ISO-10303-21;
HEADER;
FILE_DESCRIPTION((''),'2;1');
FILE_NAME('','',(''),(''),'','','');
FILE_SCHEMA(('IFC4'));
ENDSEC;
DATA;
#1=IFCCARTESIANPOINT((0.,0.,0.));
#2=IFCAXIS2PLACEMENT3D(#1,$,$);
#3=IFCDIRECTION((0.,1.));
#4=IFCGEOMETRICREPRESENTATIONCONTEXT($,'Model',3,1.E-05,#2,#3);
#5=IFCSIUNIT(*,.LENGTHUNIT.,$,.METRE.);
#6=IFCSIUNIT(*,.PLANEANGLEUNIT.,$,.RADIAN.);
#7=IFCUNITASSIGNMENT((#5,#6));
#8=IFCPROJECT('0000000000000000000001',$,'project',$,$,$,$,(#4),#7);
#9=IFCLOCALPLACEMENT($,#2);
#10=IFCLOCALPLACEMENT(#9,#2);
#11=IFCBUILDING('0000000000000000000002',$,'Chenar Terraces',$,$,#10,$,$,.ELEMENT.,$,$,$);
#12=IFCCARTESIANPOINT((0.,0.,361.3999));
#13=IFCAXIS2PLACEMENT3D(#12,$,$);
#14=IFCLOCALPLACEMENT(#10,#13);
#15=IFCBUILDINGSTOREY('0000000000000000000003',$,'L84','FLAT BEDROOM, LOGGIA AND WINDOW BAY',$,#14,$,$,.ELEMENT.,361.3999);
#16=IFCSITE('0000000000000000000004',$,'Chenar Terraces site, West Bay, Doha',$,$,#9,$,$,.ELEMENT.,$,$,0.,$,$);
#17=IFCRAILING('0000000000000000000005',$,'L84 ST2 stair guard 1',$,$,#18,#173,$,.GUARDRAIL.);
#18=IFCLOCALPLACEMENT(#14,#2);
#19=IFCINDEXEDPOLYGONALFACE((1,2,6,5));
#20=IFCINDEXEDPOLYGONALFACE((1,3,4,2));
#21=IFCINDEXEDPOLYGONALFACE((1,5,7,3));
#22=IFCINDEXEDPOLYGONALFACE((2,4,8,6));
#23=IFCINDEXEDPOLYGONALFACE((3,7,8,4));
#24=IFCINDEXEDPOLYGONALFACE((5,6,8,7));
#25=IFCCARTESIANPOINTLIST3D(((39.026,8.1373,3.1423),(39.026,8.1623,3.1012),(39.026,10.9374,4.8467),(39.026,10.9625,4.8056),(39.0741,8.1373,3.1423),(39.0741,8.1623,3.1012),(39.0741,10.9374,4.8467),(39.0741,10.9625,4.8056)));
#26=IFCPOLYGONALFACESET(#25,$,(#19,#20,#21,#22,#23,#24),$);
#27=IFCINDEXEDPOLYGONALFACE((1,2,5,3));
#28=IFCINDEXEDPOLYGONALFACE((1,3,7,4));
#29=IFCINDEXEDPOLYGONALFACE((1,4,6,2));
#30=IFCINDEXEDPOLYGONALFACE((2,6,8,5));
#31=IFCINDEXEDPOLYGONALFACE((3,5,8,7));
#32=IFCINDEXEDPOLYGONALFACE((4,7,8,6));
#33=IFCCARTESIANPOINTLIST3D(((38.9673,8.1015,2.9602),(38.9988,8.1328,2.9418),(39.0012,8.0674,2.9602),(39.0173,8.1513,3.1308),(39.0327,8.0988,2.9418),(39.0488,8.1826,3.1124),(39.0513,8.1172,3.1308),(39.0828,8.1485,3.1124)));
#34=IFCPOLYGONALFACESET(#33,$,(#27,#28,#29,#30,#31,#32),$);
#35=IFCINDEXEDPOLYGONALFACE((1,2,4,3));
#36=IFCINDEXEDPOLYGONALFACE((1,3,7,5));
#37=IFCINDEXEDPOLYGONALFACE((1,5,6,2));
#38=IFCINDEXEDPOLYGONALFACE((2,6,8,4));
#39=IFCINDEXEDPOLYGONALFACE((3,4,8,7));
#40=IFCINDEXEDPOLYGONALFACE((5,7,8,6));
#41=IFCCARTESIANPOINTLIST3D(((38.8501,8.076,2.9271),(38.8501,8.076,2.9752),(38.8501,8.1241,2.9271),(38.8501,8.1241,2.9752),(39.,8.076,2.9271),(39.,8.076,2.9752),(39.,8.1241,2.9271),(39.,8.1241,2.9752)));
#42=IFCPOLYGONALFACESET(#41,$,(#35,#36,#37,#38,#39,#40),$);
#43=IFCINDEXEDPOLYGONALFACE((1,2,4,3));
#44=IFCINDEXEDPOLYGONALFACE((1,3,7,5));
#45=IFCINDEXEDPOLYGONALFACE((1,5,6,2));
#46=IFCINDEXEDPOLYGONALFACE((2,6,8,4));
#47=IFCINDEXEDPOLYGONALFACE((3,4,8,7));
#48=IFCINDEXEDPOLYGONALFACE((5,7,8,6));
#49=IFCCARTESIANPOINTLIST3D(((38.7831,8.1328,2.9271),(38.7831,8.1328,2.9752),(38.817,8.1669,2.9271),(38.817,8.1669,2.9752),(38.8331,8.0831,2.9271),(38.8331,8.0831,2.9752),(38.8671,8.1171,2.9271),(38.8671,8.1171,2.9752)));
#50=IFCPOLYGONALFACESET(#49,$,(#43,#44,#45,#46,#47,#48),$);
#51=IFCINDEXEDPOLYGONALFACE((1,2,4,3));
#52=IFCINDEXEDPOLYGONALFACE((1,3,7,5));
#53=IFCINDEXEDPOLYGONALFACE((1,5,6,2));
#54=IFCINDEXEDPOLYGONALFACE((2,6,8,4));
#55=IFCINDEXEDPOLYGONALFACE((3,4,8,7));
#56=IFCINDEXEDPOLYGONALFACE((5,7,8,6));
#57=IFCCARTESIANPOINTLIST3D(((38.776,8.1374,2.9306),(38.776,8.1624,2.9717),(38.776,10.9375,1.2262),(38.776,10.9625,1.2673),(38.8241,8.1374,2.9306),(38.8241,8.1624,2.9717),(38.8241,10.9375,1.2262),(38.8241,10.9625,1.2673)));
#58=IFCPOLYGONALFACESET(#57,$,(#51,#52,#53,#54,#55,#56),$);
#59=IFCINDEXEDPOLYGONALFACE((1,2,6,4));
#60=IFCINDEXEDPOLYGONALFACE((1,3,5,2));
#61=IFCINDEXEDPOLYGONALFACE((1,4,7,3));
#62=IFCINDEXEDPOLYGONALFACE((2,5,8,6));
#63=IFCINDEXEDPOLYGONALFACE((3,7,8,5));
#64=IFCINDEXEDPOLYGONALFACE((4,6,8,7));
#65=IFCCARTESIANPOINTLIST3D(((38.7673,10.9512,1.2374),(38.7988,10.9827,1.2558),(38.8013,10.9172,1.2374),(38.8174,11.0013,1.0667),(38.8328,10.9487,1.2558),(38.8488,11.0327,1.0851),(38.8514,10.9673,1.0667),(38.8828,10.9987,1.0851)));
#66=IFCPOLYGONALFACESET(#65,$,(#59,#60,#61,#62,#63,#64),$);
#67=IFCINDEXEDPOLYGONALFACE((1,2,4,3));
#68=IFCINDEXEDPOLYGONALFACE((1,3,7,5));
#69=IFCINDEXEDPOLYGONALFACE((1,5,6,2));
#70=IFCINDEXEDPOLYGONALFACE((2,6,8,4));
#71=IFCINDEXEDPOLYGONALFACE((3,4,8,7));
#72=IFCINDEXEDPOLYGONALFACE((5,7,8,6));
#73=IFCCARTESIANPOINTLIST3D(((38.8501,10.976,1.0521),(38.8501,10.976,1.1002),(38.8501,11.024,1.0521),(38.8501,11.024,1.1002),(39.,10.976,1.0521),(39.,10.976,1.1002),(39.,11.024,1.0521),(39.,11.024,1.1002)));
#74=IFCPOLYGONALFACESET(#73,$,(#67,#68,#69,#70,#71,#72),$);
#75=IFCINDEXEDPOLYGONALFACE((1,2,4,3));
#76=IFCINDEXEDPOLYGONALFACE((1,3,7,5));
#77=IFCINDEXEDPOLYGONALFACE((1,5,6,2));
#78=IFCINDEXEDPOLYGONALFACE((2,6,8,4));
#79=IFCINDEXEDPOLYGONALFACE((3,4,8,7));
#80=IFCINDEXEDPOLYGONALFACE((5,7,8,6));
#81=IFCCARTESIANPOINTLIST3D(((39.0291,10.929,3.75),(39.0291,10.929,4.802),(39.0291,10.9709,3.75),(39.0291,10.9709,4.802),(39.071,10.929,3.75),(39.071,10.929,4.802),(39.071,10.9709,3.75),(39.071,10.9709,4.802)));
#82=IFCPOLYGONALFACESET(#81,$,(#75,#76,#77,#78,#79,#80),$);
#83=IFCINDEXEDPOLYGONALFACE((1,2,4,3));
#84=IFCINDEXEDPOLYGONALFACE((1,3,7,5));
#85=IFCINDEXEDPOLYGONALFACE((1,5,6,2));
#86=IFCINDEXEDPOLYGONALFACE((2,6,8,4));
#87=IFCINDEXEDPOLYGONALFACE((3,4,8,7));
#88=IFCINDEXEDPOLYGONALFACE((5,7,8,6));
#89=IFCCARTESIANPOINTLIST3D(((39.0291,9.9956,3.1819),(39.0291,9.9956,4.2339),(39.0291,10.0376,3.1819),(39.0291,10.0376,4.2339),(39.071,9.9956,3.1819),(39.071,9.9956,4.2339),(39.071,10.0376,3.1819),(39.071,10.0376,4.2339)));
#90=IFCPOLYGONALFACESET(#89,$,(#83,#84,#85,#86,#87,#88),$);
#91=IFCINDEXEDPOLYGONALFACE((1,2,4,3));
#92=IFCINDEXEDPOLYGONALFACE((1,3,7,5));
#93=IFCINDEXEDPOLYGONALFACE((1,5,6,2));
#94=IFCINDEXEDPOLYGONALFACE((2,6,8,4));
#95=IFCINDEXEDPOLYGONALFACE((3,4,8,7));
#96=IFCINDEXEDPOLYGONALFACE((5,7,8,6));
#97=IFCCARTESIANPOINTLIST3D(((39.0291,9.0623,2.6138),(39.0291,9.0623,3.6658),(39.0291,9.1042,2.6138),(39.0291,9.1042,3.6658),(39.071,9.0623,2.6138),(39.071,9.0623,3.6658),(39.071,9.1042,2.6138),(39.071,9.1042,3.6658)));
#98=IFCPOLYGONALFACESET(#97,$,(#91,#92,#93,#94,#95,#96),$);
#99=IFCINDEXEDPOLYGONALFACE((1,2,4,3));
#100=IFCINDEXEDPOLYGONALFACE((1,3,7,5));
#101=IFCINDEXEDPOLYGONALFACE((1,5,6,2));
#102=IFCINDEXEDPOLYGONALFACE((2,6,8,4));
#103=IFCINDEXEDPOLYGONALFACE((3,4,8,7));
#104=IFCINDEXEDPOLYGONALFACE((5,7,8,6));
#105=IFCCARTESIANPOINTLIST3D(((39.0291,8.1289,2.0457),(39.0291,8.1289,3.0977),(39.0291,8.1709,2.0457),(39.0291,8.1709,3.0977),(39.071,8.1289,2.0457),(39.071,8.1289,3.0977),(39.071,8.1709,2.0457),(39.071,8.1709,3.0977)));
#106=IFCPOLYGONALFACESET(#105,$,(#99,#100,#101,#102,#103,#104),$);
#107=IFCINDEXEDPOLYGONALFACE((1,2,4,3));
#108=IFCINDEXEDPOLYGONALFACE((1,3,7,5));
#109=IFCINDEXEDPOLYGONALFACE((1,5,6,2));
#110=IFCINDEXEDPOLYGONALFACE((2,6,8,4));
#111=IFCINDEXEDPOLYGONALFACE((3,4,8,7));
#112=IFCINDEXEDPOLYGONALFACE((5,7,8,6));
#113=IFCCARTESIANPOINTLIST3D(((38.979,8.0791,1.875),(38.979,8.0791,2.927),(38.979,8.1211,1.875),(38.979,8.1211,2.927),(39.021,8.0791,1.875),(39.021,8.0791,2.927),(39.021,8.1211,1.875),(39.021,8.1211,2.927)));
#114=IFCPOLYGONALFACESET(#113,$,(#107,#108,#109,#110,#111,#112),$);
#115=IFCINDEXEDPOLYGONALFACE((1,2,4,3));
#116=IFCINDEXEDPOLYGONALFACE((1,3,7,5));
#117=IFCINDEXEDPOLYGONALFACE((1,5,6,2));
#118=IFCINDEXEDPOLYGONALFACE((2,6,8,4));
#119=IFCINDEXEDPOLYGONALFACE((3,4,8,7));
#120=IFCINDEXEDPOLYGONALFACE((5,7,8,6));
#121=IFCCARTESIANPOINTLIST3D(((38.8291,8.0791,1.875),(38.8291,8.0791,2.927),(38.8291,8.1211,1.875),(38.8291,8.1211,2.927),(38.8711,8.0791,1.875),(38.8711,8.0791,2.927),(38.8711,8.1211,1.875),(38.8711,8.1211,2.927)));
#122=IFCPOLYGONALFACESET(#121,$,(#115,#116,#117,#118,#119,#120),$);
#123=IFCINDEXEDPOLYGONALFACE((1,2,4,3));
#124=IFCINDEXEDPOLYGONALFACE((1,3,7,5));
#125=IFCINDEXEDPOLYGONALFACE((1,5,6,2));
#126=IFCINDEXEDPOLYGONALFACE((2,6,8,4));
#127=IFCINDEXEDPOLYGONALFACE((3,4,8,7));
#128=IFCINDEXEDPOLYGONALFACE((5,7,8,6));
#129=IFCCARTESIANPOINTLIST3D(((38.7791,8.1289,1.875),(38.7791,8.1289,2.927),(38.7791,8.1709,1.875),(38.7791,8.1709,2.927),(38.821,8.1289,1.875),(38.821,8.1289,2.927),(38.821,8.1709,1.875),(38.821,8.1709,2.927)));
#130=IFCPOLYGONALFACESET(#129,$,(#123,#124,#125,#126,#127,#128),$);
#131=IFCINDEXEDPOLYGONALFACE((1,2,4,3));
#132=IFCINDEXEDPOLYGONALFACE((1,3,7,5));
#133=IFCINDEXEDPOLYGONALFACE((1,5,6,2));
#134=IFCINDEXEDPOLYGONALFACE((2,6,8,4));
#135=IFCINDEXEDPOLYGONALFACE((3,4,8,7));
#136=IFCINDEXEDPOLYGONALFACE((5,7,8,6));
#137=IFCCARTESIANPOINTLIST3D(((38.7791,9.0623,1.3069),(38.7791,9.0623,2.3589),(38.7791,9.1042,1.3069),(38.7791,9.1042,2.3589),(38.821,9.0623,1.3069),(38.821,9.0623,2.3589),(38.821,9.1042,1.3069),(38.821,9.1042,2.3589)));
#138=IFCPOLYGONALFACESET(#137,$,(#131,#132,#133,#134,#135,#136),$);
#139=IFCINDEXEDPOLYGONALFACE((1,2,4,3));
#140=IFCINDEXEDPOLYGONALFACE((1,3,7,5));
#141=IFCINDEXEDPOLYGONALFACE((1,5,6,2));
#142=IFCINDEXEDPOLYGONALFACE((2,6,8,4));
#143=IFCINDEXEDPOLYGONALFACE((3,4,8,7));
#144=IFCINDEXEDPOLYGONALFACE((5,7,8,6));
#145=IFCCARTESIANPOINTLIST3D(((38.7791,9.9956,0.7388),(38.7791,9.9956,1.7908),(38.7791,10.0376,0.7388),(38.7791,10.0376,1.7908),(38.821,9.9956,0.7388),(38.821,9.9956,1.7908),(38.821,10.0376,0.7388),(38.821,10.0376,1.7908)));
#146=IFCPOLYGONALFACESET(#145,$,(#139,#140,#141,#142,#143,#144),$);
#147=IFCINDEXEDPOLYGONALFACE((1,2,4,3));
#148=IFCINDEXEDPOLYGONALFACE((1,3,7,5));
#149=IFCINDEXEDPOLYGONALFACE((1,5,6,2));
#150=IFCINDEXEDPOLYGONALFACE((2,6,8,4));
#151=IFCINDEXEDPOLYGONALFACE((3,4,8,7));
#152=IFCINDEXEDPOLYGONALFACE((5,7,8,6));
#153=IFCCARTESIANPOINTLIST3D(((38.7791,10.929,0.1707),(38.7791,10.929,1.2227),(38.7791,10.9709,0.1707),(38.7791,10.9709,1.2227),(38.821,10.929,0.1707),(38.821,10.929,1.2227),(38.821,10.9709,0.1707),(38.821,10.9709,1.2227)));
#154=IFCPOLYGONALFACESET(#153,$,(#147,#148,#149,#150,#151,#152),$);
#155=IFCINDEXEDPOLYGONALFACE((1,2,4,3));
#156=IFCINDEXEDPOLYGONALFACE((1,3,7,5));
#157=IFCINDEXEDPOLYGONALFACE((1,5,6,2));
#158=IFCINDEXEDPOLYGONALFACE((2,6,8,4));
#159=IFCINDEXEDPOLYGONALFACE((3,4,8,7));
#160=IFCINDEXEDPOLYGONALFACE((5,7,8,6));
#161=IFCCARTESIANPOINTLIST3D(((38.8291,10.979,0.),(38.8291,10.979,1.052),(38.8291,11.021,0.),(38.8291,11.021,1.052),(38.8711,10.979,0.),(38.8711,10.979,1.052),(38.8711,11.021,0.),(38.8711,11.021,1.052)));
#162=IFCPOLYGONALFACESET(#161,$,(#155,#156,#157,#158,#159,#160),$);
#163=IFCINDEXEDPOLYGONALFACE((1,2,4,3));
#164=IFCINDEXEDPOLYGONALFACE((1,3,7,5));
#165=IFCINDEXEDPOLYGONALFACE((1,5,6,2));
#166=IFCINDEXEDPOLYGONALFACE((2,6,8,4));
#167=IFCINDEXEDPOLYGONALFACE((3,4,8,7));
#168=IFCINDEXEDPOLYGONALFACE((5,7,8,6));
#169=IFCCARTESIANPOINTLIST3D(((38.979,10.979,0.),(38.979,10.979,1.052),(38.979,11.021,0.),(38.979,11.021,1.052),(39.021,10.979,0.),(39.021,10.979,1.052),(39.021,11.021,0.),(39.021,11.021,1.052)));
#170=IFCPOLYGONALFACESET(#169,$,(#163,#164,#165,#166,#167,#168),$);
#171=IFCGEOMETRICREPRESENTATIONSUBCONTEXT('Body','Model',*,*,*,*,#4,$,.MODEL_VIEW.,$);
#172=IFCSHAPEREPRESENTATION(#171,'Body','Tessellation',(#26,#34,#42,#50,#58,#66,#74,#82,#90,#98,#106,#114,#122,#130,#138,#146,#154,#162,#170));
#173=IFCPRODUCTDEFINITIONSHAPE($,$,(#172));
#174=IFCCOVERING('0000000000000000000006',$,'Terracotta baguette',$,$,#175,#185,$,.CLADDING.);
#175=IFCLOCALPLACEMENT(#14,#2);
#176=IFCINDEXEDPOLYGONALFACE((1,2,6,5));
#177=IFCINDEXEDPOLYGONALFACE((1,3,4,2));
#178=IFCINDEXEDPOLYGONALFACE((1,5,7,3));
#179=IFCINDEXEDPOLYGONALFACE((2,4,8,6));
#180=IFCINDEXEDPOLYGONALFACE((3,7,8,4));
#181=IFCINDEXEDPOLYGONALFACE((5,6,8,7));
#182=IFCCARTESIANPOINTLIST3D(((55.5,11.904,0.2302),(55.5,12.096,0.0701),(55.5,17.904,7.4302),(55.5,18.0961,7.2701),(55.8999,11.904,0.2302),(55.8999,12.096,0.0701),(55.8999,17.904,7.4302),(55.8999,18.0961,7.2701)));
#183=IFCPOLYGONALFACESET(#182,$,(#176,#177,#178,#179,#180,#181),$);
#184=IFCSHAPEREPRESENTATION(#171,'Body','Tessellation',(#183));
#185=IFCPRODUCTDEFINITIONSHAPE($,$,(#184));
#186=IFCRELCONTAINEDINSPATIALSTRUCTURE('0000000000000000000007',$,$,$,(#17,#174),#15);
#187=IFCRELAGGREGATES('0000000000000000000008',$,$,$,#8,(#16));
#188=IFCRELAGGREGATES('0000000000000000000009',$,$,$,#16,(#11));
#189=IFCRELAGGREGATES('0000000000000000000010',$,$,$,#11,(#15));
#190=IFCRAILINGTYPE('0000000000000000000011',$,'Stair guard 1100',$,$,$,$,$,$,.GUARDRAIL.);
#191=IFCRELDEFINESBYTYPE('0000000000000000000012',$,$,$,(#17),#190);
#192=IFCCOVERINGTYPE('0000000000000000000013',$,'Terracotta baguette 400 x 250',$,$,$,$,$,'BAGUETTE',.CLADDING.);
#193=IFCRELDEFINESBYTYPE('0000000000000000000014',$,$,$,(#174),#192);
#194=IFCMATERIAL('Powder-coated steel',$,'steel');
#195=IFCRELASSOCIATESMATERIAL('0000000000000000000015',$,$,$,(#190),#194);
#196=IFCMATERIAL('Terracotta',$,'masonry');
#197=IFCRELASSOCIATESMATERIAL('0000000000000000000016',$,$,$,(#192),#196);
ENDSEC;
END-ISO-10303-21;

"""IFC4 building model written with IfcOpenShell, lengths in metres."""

from ifc_helpers import new_model, si_unit, direction, frame, origin, origin_2d, place, context, subcontext, project, spatial, rectangle, extrude, material, material_profile, profile_set, type_object, element, save


model = new_model("IFC4")

# Units and contexts
model_context = context("Model", 3, precision=1e-05, world=origin(), true_north=direction((0.0, 1.0)))
body_context = subcontext(model_context, "Body", "Model", "MODEL_VIEW")
ifc_project = project(units=[si_unit("LENGTHUNIT", "METRE"), si_unit("PLANEANGLEUNIT", "RADIAN")], contexts=[model_context])

# Site, building, storey
site_placement = place(None, origin())
site = spatial("IfcSite", under=ifc_project, at=site_placement, Name="Chenar Terraces site, West Bay, Doha", CompositionType="ELEMENT", RefElevation=0.0)
building_placement = place(site_placement, origin())
building = spatial("IfcBuilding", under=site, at=building_placement, Name="Chenar Terraces", CompositionType="ELEMENT")
storey_placement = place(building_placement, frame((0.0, 0.0, 361.3999)))
storey = spatial("IfcBuildingStorey", under=building, at=storey_placement, Name="L84", Description="FLAT BEDROOM, LOGGIA AND WINDOW BAY", CompositionType="ELEMENT", Elevation=361.3999)

# Railing
ifc_material_1 = material(Name="Powder-coated steel", Category="steel")
railing_type_1 = type_object("IfcRailingType", Name="Stair guard 1100", PredefinedType="GUARDRAIL", material=ifc_material_1)
railing_1_placement = place(storey_placement, frame((39.05, 10.95, 3.75)))
element("IfcRailing", 1, at=railing_1_placement, inside=storey, type_object=railing_type_1, Name="L84 ST2 stair guard 1", PredefinedType="GUARDRAIL", context=body_context, shape_type="SweptSolid", body=[
    extrude(rectangle(XDim=0.0481, YDim=0.0481, at=origin_2d()), frame((0.0, 0.0, 1.0762), z_axis=(0.0, -0.854203, -0.51994), x_axis=(1.0, 0.0, 0.0)), (0.0, 0.0, 1.0), 3.2781),
    extrude(rectangle(XDim=0.0481, YDim=0.0481, at=origin_2d()), frame((0.0, -2.8, -0.6284), z_axis=(-0.270997, -0.269675, -0.924033), x_axis=(0.705376, -0.708834, 0.0)), (0.0, 0.0, 1.0), 0.1846),
    extrude(rectangle(XDim=0.0481, YDim=0.0481, at=origin_2d()), frame((-0.05, -2.8499, -0.7988), z_axis=(-1.0, 0.0, 0.0), x_axis=(0.0, -1.0, 0.0)), (0.0, 0.0, 1.0), 0.1499),
    extrude(rectangle(XDim=0.0481, YDim=0.0481, at=origin_2d()), frame((-0.2, -2.8499, -0.7988), z_axis=(-0.708834, 0.705376, 0.0), x_axis=(-0.705376, -0.708834, 0.0)), (0.0, 0.0, 1.0), 0.0706),
    extrude(rectangle(XDim=0.0481, YDim=0.0481, at=origin_2d()), frame((-0.25, -2.8, -0.7988), z_axis=(0.0, 0.854203, -0.51994), x_axis=(-1.0, 0.0, 0.0)), (0.0, 0.0, 1.0), 3.2781),
    extrude(rectangle(XDim=0.0481, YDim=0.0481, at=origin_2d()), frame((-0.25, 0.0, -2.5034), z_axis=(0.2709, 0.2709, -0.923703), x_axis=(-0.707107, 0.707107, 0.0)), (0.0, 0.0, 1.0), 0.1848),
    extrude(rectangle(XDim=0.0481, YDim=0.0481, at=origin_2d()), frame((-0.2, 0.05, -2.6738), z_axis=(1.0, 0.0, 0.0), x_axis=(0.0, 1.0, 0.0)), (0.0, 0.0, 1.0), 0.1499),
    extrude(rectangle(XDim=0.042, YDim=0.042, at=origin_2d()), origin(), (0.0, 0.0, 1.0), 1.052),
    extrude(rectangle(XDim=0.042, YDim=0.042, at=origin_2d()), frame((0.0, -0.9333, -0.5681)), (0.0, 0.0, 1.0), 1.052),
    extrude(rectangle(XDim=0.042, YDim=0.042, at=origin_2d()), frame((0.0, -1.8667, -1.1362)), (0.0, 0.0, 1.0), 1.052),
    extrude(rectangle(XDim=0.042, YDim=0.042, at=origin_2d()), frame((0.0, -2.8, -1.7043)), (0.0, 0.0, 1.0), 1.052),
    extrude(rectangle(XDim=0.042, YDim=0.042, at=origin_2d()), frame((-0.05, -2.8499, -1.875)), (0.0, 0.0, 1.0), 1.052),
    extrude(rectangle(XDim=0.042, YDim=0.042, at=origin_2d()), frame((-0.2, -2.8499, -1.875)), (0.0, 0.0, 1.0), 1.052),
    extrude(rectangle(XDim=0.042, YDim=0.042, at=origin_2d()), frame((-0.25, -2.8, -1.875)), (0.0, 0.0, 1.0), 1.052),
    extrude(rectangle(XDim=0.042, YDim=0.042, at=origin_2d()), frame((-0.25, -1.8667, -2.4431)), (0.0, 0.0, 1.0), 1.052),
    extrude(rectangle(XDim=0.042, YDim=0.042, at=origin_2d()), frame((-0.25, -0.9333, -3.0112)), (0.0, 0.0, 1.0), 1.052),
    extrude(rectangle(XDim=0.042, YDim=0.042, at=origin_2d()), frame((-0.25, 0.0, -3.5793)), (0.0, 0.0, 1.0), 1.052),
    extrude(rectangle(XDim=0.042, YDim=0.042, at=origin_2d()), frame((-0.2, 0.05, -3.75)), (0.0, 0.0, 1.0), 1.052),
    extrude(rectangle(XDim=0.042, YDim=0.042, at=origin_2d()), frame((-0.05, 0.05, -3.75)), (0.0, 0.0, 1.0), 1.052),
])

# Covering
ifc_material_2 = material(Name="Terracotta", Category="masonry")
ifc_material_profile_1 = material_profile(ifc_material_2, rectangle(XDim=0.3999, YDim=0.25, at=origin_2d()), Name="Terracotta baguette 400 x 250")
ifc_profile_set_1 = profile_set([ifc_material_profile_1], Name="Terracotta")
covering_type = type_object("IfcCoveringType", Name="Terracotta baguette 400 x 250", ElementType="BAGUETTE", PredefinedType="CLADDING", material=ifc_profile_set_1)
covering_placement = place(storey_placement, frame((55.7, 12.0, 0.1501), z_axis=(0.0, 0.640187, 0.768219), x_axis=(-1.0, 0.0, 0.0)))
element("IfcCovering", 2, at=covering_placement, inside=storey, type_object=covering_type, Name="Terracotta baguette", PredefinedType="CLADDING", context=body_context, shape_type="SweptSolid", body=[
    extrude(rectangle(XDim=0.3999, YDim=0.25, at=origin_2d()), origin(), (0.0, 0.0, 1.0), 9.3723),
])

save(model, "model.ifc")
